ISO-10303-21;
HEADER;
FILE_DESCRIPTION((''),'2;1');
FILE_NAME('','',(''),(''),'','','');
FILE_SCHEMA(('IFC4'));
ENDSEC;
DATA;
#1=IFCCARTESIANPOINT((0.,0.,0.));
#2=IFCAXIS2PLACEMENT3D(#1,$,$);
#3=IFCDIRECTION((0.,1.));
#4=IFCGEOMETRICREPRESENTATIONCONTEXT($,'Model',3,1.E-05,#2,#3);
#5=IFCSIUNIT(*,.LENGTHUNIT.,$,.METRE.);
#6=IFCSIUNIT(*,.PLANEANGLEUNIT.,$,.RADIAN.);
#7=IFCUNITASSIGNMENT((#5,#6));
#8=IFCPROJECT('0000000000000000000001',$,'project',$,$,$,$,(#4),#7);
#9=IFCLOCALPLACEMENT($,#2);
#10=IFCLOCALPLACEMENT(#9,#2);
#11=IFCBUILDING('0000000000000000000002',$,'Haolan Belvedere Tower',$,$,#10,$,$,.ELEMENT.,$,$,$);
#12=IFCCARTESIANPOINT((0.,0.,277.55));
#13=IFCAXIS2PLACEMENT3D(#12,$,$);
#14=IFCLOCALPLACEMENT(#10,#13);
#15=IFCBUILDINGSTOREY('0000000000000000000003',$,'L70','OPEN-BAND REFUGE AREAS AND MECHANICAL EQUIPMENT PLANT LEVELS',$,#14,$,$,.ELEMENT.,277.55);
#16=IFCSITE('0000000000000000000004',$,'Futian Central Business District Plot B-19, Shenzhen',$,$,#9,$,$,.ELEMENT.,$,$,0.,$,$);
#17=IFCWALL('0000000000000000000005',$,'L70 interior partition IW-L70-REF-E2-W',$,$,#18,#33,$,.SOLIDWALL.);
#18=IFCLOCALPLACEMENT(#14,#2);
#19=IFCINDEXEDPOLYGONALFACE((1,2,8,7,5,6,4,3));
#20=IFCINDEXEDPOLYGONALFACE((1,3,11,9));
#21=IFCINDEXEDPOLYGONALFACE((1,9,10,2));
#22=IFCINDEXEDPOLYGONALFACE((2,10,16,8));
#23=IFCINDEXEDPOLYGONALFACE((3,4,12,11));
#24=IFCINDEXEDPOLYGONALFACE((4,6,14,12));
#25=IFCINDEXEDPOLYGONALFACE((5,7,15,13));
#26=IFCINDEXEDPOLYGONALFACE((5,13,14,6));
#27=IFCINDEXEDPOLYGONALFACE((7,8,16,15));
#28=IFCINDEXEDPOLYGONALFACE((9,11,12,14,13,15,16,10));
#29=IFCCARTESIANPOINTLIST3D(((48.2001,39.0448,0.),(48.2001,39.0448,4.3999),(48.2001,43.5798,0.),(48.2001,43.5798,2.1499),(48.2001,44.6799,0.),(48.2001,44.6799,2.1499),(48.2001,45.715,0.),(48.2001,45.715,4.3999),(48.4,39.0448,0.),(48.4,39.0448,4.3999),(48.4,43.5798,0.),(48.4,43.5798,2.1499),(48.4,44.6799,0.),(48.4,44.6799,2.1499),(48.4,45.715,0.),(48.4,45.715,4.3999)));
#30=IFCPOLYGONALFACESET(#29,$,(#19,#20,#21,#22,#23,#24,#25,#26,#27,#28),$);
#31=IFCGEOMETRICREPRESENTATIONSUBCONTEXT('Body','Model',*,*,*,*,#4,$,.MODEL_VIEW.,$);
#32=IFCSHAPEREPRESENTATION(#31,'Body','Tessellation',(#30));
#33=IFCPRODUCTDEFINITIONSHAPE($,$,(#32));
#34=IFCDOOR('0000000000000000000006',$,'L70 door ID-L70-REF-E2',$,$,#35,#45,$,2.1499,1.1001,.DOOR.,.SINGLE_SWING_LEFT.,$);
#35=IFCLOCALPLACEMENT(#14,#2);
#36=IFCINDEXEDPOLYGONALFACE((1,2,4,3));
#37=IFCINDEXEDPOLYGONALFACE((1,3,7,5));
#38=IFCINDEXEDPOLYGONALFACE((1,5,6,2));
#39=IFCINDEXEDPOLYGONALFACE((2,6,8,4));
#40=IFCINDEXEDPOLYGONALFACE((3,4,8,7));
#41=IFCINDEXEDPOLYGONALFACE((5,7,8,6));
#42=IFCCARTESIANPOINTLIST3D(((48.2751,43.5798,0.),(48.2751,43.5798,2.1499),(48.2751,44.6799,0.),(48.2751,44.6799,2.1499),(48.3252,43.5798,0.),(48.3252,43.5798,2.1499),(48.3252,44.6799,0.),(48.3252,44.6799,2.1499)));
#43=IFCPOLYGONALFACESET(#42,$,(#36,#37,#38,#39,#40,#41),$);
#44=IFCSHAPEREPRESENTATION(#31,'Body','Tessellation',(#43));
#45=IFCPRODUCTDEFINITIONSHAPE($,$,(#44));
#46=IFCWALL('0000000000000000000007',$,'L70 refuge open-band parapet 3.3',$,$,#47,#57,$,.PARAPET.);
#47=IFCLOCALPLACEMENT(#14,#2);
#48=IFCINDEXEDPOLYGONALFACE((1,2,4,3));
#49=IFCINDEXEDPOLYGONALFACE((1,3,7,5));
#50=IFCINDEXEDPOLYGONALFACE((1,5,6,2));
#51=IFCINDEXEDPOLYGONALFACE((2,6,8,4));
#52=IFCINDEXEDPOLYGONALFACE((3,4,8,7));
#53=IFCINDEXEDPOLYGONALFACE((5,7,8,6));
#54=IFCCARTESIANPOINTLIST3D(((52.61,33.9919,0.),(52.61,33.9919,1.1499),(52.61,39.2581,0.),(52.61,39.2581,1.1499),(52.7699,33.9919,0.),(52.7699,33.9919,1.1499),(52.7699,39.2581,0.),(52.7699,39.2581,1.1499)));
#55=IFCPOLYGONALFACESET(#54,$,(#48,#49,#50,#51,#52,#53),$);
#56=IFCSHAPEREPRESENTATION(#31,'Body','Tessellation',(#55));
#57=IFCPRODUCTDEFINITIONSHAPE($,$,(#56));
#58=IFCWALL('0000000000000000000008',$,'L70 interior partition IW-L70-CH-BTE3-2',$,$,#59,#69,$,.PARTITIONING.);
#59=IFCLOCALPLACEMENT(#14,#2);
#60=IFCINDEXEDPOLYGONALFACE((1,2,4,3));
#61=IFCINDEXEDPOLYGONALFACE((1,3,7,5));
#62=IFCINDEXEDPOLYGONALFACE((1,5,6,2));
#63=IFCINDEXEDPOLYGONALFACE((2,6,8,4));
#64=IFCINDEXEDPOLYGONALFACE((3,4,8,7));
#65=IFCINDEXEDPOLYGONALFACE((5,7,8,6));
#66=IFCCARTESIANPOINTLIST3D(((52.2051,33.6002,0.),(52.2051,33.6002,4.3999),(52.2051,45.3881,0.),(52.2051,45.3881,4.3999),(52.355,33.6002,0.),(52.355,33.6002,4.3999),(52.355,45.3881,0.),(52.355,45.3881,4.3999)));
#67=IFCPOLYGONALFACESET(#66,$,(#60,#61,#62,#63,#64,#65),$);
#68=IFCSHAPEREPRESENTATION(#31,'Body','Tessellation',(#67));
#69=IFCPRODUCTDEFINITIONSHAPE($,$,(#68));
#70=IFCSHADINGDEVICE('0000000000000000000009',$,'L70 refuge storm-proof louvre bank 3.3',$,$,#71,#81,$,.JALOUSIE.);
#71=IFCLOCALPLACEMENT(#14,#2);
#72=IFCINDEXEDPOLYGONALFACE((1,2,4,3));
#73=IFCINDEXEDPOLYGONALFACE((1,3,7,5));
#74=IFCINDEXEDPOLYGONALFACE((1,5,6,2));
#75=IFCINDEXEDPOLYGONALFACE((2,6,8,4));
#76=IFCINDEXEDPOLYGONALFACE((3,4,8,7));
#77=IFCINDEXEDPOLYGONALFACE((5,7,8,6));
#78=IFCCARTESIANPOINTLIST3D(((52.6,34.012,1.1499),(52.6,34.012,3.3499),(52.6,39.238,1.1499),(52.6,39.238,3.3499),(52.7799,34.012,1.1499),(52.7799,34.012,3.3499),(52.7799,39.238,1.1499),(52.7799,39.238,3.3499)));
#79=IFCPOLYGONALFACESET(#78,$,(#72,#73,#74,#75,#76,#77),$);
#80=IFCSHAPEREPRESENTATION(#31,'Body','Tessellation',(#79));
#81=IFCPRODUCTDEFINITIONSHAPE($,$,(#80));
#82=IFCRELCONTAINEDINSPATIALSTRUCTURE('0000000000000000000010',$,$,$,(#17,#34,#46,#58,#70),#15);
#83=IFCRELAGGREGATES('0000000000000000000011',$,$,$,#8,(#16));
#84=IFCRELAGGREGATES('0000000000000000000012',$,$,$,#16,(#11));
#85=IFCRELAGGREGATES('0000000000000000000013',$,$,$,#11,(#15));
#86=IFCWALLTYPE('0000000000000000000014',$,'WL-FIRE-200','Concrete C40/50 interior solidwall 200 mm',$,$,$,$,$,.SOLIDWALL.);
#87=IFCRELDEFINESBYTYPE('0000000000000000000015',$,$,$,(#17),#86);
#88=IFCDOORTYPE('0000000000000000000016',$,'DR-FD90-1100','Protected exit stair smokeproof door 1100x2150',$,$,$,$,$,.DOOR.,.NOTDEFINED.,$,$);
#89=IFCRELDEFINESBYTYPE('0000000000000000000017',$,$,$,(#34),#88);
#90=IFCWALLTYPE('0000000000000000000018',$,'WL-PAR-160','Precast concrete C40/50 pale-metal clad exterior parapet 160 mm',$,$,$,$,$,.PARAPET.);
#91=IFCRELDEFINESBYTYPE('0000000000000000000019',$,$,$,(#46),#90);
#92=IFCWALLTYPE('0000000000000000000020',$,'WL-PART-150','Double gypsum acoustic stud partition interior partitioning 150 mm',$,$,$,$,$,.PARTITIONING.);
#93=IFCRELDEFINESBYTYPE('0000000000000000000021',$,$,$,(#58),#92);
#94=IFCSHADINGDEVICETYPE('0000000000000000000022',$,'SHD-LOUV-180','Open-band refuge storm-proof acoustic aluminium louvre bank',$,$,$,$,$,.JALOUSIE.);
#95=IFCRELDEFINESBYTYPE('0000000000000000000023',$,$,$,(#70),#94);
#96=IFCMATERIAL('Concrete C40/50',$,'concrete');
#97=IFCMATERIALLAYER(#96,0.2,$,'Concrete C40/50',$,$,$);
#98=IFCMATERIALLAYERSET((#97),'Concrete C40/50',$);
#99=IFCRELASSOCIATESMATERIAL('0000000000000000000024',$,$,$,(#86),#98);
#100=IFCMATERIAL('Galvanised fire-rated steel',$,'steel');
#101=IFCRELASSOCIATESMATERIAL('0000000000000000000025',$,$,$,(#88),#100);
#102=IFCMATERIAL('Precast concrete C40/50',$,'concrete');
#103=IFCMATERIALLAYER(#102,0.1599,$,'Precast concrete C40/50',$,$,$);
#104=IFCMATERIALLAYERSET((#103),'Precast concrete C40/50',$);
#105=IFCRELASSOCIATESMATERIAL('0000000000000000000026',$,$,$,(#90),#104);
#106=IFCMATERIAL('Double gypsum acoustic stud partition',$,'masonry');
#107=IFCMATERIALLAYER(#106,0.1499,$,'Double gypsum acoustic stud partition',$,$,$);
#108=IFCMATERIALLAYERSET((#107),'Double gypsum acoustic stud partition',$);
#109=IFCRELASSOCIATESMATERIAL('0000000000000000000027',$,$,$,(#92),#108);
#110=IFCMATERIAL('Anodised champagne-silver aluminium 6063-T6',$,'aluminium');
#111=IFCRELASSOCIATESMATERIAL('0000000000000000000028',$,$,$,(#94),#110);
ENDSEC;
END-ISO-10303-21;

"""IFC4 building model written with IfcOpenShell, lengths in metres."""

from ifc_helpers import new_model, si_unit, direction, frame, frame_2d, origin, origin_2d, place, context, subcontext, project, spatial, rectangle, extrude, material, layer, layer_set, type_object, element, fill, save


model = new_model("IFC4")

# Units and contexts
model_context = context("Model", 3, precision=1e-05, world=origin(), true_north=direction((0.0, 1.0)))
body_context = subcontext(model_context, "Body", "Model", "MODEL_VIEW")
ifc_project = project(units=[si_unit("LENGTHUNIT", "METRE"), si_unit("PLANEANGLEUNIT", "RADIAN")], contexts=[model_context])

# Site, building, storey
site_placement = place(None, origin())
site = spatial("IfcSite", under=ifc_project, at=site_placement, Name="Futian Central Business District Plot B-19, Shenzhen", CompositionType="ELEMENT", RefElevation=0.0)
building_placement = place(site_placement, origin())
building = spatial("IfcBuilding", under=site, at=building_placement, Name="Haolan Belvedere Tower", CompositionType="ELEMENT")
storey_placement = place(building_placement, frame((0.0, 0.0, 277.55)))
storey = spatial("IfcBuildingStorey", under=building, at=storey_placement, Name="L70", Description="OPEN-BAND REFUGE AREAS AND MECHANICAL EQUIPMENT PLANT LEVELS", CompositionType="ELEMENT", Elevation=277.55)

# Shared definitions
ifc_material_1 = material(Name="Concrete C40/50", Category="concrete")
ifc_layer_1 = layer(ifc_material_1, 0.2, Name="Concrete C40/50")
ifc_layer_set_1 = layer_set([ifc_layer_1], Name="Concrete C40/50")
wall_type_1 = type_object("IfcWallType", Name="WL-FIRE-200", Description="Concrete C40/50 interior solidwall 200 mm", PredefinedType="SOLIDWALL", material=ifc_layer_set_1)

# Wall, opening, door
wall_1_placement = place(storey_placement, frame((48.3, 39.0449, 0.0), z_axis=(0.0, 0.0, 1.0), x_axis=(0.0, 1.0, 0.0)))
wall_1 = element("IfcWall", 1, at=wall_1_placement, inside=storey, type_object=wall_type_1, Name="L70 interior partition IW-L70-REF-E2-W", PredefinedType="SOLIDWALL", context=body_context, shape_type="SweptSolid", body=[
    extrude(rectangle(XDim=6.6702, YDim=0.2, at=frame_2d((3.335, 0.0))), origin(), (0.0, 0.0, 1.0), 4.3999),
])
opening_placement = place(wall_1_placement, frame((4.5349, 0.0, 0.0)))
opening = element("IfcOpeningElement", 2, at=opening_placement, cuts=wall_1, PredefinedType="OPENING", context=body_context, shape_type="SweptSolid", body=[
    extrude(rectangle(XDim=1.1001, YDim=2.1499, at=frame_2d((0.55, 1.075))), frame((0.0, 0.1099, 0.0), z_axis=(0.0, -1.0, 0.0), x_axis=(1.0, 0.0, 0.0)), (0.0, 0.0, 1.0), 0.22),
])
ifc_material_2 = material(Name="Galvanised fire-rated steel", Category="steel")
door_type = type_object("IfcDoorType", Name="DR-FD90-1100", Description="Protected exit stair smokeproof door 1100x2150", OperationType="NOTDEFINED", PredefinedType="DOOR", material=ifc_material_2)
door_placement = place(opening_placement, origin())
door = element("IfcDoor", 3, at=door_placement, inside=storey, type_object=door_type, Name="L70 door ID-L70-REF-E2", OperationType="SINGLE_SWING_LEFT", OverallHeight=2.1499, OverallWidth=1.1001, PredefinedType="DOOR", context=body_context, shape_type="SweptSolid", body=[
    extrude(rectangle(XDim=1.1001, YDim=2.1499, at=frame_2d((0.55, 1.075))), frame((0.0, 0.0249, 0.0), z_axis=(0.0, -1.0, 0.0), x_axis=(1.0, 0.0, 0.0)), (0.0, 0.0, 1.0), 0.05),
])
fill(opening, door)

# Walls
ifc_material_3 = material(Name="Precast concrete C40/50", Category="concrete")
ifc_layer_2 = layer(ifc_material_3, 0.1599, Name="Precast concrete C40/50")
ifc_layer_set_2 = layer_set([ifc_layer_2], Name="Precast concrete C40/50")
wall_type_2 = type_object("IfcWallType", Name="WL-PAR-160", Description="Precast concrete C40/50 pale-metal clad exterior parapet 160 mm", PredefinedType="PARAPET", material=ifc_layer_set_2)
wall_2_placement = place(storey_placement, frame((52.6899, 33.9919, 0.0), z_axis=(0.0, 0.0, 1.0), x_axis=(0.0, 1.0, 0.0)))
element("IfcWall", 4, at=wall_2_placement, inside=storey, type_object=wall_type_2, Name="L70 refuge open-band parapet 3.3", PredefinedType="PARAPET", context=body_context, shape_type="SweptSolid", body=[
    extrude(rectangle(XDim=5.2661, YDim=0.1599, at=frame_2d((2.6331, 0.0))), origin(), (0.0, 0.0, 1.0), 1.1499),
])
ifc_material_4 = material(Name="Double gypsum acoustic stud partition", Category="masonry")
ifc_layer_3 = layer(ifc_material_4, 0.1499, Name="Double gypsum acoustic stud partition")
ifc_layer_set_3 = layer_set([ifc_layer_3], Name="Double gypsum acoustic stud partition")
wall_type_3 = type_object("IfcWallType", Name="WL-PART-150", Description="Double gypsum acoustic stud partition interior partitioning 150 mm", PredefinedType="PARTITIONING", material=ifc_layer_set_3)
wall_3_placement = place(storey_placement, frame((52.28, 33.6001, 0.0), z_axis=(0.0, 0.0, 1.0), x_axis=(0.0, 1.0, 0.0)))
element("IfcWall", 5, at=wall_3_placement, inside=storey, type_object=wall_type_3, Name="L70 interior partition IW-L70-CH-BTE3-2", PredefinedType="PARTITIONING", context=body_context, shape_type="SweptSolid", body=[
    extrude(rectangle(XDim=11.7878, YDim=0.1499, at=frame_2d((5.894, 0.0))), origin(), (0.0, 0.0, 1.0), 4.3999),
])

# Shading device
ifc_material_5 = material(Name="Anodised champagne-silver aluminium 6063-T6", Category="aluminium")
shading_device_type = type_object("IfcShadingDeviceType", Name="SHD-LOUV-180", Description="Open-band refuge storm-proof acoustic aluminium louvre bank", PredefinedType="JALOUSIE", material=ifc_material_5)
shading_device_placement = place(storey_placement, frame((52.6899, 36.625, 1.1499), z_axis=(0.0, 0.0, 1.0), x_axis=(0.0, 1.0, 0.0)))
element("IfcShadingDevice", 6, at=shading_device_placement, inside=storey, type_object=shading_device_type, Name="L70 refuge storm-proof louvre bank 3.3", PredefinedType="JALOUSIE", context=body_context, shape_type="SweptSolid", body=[
    extrude(rectangle(XDim=5.2261, YDim=0.1799, at=origin_2d()), origin(), (0.0, 0.0, 1.0), 2.2),
])

save(model, "model.ifc")
